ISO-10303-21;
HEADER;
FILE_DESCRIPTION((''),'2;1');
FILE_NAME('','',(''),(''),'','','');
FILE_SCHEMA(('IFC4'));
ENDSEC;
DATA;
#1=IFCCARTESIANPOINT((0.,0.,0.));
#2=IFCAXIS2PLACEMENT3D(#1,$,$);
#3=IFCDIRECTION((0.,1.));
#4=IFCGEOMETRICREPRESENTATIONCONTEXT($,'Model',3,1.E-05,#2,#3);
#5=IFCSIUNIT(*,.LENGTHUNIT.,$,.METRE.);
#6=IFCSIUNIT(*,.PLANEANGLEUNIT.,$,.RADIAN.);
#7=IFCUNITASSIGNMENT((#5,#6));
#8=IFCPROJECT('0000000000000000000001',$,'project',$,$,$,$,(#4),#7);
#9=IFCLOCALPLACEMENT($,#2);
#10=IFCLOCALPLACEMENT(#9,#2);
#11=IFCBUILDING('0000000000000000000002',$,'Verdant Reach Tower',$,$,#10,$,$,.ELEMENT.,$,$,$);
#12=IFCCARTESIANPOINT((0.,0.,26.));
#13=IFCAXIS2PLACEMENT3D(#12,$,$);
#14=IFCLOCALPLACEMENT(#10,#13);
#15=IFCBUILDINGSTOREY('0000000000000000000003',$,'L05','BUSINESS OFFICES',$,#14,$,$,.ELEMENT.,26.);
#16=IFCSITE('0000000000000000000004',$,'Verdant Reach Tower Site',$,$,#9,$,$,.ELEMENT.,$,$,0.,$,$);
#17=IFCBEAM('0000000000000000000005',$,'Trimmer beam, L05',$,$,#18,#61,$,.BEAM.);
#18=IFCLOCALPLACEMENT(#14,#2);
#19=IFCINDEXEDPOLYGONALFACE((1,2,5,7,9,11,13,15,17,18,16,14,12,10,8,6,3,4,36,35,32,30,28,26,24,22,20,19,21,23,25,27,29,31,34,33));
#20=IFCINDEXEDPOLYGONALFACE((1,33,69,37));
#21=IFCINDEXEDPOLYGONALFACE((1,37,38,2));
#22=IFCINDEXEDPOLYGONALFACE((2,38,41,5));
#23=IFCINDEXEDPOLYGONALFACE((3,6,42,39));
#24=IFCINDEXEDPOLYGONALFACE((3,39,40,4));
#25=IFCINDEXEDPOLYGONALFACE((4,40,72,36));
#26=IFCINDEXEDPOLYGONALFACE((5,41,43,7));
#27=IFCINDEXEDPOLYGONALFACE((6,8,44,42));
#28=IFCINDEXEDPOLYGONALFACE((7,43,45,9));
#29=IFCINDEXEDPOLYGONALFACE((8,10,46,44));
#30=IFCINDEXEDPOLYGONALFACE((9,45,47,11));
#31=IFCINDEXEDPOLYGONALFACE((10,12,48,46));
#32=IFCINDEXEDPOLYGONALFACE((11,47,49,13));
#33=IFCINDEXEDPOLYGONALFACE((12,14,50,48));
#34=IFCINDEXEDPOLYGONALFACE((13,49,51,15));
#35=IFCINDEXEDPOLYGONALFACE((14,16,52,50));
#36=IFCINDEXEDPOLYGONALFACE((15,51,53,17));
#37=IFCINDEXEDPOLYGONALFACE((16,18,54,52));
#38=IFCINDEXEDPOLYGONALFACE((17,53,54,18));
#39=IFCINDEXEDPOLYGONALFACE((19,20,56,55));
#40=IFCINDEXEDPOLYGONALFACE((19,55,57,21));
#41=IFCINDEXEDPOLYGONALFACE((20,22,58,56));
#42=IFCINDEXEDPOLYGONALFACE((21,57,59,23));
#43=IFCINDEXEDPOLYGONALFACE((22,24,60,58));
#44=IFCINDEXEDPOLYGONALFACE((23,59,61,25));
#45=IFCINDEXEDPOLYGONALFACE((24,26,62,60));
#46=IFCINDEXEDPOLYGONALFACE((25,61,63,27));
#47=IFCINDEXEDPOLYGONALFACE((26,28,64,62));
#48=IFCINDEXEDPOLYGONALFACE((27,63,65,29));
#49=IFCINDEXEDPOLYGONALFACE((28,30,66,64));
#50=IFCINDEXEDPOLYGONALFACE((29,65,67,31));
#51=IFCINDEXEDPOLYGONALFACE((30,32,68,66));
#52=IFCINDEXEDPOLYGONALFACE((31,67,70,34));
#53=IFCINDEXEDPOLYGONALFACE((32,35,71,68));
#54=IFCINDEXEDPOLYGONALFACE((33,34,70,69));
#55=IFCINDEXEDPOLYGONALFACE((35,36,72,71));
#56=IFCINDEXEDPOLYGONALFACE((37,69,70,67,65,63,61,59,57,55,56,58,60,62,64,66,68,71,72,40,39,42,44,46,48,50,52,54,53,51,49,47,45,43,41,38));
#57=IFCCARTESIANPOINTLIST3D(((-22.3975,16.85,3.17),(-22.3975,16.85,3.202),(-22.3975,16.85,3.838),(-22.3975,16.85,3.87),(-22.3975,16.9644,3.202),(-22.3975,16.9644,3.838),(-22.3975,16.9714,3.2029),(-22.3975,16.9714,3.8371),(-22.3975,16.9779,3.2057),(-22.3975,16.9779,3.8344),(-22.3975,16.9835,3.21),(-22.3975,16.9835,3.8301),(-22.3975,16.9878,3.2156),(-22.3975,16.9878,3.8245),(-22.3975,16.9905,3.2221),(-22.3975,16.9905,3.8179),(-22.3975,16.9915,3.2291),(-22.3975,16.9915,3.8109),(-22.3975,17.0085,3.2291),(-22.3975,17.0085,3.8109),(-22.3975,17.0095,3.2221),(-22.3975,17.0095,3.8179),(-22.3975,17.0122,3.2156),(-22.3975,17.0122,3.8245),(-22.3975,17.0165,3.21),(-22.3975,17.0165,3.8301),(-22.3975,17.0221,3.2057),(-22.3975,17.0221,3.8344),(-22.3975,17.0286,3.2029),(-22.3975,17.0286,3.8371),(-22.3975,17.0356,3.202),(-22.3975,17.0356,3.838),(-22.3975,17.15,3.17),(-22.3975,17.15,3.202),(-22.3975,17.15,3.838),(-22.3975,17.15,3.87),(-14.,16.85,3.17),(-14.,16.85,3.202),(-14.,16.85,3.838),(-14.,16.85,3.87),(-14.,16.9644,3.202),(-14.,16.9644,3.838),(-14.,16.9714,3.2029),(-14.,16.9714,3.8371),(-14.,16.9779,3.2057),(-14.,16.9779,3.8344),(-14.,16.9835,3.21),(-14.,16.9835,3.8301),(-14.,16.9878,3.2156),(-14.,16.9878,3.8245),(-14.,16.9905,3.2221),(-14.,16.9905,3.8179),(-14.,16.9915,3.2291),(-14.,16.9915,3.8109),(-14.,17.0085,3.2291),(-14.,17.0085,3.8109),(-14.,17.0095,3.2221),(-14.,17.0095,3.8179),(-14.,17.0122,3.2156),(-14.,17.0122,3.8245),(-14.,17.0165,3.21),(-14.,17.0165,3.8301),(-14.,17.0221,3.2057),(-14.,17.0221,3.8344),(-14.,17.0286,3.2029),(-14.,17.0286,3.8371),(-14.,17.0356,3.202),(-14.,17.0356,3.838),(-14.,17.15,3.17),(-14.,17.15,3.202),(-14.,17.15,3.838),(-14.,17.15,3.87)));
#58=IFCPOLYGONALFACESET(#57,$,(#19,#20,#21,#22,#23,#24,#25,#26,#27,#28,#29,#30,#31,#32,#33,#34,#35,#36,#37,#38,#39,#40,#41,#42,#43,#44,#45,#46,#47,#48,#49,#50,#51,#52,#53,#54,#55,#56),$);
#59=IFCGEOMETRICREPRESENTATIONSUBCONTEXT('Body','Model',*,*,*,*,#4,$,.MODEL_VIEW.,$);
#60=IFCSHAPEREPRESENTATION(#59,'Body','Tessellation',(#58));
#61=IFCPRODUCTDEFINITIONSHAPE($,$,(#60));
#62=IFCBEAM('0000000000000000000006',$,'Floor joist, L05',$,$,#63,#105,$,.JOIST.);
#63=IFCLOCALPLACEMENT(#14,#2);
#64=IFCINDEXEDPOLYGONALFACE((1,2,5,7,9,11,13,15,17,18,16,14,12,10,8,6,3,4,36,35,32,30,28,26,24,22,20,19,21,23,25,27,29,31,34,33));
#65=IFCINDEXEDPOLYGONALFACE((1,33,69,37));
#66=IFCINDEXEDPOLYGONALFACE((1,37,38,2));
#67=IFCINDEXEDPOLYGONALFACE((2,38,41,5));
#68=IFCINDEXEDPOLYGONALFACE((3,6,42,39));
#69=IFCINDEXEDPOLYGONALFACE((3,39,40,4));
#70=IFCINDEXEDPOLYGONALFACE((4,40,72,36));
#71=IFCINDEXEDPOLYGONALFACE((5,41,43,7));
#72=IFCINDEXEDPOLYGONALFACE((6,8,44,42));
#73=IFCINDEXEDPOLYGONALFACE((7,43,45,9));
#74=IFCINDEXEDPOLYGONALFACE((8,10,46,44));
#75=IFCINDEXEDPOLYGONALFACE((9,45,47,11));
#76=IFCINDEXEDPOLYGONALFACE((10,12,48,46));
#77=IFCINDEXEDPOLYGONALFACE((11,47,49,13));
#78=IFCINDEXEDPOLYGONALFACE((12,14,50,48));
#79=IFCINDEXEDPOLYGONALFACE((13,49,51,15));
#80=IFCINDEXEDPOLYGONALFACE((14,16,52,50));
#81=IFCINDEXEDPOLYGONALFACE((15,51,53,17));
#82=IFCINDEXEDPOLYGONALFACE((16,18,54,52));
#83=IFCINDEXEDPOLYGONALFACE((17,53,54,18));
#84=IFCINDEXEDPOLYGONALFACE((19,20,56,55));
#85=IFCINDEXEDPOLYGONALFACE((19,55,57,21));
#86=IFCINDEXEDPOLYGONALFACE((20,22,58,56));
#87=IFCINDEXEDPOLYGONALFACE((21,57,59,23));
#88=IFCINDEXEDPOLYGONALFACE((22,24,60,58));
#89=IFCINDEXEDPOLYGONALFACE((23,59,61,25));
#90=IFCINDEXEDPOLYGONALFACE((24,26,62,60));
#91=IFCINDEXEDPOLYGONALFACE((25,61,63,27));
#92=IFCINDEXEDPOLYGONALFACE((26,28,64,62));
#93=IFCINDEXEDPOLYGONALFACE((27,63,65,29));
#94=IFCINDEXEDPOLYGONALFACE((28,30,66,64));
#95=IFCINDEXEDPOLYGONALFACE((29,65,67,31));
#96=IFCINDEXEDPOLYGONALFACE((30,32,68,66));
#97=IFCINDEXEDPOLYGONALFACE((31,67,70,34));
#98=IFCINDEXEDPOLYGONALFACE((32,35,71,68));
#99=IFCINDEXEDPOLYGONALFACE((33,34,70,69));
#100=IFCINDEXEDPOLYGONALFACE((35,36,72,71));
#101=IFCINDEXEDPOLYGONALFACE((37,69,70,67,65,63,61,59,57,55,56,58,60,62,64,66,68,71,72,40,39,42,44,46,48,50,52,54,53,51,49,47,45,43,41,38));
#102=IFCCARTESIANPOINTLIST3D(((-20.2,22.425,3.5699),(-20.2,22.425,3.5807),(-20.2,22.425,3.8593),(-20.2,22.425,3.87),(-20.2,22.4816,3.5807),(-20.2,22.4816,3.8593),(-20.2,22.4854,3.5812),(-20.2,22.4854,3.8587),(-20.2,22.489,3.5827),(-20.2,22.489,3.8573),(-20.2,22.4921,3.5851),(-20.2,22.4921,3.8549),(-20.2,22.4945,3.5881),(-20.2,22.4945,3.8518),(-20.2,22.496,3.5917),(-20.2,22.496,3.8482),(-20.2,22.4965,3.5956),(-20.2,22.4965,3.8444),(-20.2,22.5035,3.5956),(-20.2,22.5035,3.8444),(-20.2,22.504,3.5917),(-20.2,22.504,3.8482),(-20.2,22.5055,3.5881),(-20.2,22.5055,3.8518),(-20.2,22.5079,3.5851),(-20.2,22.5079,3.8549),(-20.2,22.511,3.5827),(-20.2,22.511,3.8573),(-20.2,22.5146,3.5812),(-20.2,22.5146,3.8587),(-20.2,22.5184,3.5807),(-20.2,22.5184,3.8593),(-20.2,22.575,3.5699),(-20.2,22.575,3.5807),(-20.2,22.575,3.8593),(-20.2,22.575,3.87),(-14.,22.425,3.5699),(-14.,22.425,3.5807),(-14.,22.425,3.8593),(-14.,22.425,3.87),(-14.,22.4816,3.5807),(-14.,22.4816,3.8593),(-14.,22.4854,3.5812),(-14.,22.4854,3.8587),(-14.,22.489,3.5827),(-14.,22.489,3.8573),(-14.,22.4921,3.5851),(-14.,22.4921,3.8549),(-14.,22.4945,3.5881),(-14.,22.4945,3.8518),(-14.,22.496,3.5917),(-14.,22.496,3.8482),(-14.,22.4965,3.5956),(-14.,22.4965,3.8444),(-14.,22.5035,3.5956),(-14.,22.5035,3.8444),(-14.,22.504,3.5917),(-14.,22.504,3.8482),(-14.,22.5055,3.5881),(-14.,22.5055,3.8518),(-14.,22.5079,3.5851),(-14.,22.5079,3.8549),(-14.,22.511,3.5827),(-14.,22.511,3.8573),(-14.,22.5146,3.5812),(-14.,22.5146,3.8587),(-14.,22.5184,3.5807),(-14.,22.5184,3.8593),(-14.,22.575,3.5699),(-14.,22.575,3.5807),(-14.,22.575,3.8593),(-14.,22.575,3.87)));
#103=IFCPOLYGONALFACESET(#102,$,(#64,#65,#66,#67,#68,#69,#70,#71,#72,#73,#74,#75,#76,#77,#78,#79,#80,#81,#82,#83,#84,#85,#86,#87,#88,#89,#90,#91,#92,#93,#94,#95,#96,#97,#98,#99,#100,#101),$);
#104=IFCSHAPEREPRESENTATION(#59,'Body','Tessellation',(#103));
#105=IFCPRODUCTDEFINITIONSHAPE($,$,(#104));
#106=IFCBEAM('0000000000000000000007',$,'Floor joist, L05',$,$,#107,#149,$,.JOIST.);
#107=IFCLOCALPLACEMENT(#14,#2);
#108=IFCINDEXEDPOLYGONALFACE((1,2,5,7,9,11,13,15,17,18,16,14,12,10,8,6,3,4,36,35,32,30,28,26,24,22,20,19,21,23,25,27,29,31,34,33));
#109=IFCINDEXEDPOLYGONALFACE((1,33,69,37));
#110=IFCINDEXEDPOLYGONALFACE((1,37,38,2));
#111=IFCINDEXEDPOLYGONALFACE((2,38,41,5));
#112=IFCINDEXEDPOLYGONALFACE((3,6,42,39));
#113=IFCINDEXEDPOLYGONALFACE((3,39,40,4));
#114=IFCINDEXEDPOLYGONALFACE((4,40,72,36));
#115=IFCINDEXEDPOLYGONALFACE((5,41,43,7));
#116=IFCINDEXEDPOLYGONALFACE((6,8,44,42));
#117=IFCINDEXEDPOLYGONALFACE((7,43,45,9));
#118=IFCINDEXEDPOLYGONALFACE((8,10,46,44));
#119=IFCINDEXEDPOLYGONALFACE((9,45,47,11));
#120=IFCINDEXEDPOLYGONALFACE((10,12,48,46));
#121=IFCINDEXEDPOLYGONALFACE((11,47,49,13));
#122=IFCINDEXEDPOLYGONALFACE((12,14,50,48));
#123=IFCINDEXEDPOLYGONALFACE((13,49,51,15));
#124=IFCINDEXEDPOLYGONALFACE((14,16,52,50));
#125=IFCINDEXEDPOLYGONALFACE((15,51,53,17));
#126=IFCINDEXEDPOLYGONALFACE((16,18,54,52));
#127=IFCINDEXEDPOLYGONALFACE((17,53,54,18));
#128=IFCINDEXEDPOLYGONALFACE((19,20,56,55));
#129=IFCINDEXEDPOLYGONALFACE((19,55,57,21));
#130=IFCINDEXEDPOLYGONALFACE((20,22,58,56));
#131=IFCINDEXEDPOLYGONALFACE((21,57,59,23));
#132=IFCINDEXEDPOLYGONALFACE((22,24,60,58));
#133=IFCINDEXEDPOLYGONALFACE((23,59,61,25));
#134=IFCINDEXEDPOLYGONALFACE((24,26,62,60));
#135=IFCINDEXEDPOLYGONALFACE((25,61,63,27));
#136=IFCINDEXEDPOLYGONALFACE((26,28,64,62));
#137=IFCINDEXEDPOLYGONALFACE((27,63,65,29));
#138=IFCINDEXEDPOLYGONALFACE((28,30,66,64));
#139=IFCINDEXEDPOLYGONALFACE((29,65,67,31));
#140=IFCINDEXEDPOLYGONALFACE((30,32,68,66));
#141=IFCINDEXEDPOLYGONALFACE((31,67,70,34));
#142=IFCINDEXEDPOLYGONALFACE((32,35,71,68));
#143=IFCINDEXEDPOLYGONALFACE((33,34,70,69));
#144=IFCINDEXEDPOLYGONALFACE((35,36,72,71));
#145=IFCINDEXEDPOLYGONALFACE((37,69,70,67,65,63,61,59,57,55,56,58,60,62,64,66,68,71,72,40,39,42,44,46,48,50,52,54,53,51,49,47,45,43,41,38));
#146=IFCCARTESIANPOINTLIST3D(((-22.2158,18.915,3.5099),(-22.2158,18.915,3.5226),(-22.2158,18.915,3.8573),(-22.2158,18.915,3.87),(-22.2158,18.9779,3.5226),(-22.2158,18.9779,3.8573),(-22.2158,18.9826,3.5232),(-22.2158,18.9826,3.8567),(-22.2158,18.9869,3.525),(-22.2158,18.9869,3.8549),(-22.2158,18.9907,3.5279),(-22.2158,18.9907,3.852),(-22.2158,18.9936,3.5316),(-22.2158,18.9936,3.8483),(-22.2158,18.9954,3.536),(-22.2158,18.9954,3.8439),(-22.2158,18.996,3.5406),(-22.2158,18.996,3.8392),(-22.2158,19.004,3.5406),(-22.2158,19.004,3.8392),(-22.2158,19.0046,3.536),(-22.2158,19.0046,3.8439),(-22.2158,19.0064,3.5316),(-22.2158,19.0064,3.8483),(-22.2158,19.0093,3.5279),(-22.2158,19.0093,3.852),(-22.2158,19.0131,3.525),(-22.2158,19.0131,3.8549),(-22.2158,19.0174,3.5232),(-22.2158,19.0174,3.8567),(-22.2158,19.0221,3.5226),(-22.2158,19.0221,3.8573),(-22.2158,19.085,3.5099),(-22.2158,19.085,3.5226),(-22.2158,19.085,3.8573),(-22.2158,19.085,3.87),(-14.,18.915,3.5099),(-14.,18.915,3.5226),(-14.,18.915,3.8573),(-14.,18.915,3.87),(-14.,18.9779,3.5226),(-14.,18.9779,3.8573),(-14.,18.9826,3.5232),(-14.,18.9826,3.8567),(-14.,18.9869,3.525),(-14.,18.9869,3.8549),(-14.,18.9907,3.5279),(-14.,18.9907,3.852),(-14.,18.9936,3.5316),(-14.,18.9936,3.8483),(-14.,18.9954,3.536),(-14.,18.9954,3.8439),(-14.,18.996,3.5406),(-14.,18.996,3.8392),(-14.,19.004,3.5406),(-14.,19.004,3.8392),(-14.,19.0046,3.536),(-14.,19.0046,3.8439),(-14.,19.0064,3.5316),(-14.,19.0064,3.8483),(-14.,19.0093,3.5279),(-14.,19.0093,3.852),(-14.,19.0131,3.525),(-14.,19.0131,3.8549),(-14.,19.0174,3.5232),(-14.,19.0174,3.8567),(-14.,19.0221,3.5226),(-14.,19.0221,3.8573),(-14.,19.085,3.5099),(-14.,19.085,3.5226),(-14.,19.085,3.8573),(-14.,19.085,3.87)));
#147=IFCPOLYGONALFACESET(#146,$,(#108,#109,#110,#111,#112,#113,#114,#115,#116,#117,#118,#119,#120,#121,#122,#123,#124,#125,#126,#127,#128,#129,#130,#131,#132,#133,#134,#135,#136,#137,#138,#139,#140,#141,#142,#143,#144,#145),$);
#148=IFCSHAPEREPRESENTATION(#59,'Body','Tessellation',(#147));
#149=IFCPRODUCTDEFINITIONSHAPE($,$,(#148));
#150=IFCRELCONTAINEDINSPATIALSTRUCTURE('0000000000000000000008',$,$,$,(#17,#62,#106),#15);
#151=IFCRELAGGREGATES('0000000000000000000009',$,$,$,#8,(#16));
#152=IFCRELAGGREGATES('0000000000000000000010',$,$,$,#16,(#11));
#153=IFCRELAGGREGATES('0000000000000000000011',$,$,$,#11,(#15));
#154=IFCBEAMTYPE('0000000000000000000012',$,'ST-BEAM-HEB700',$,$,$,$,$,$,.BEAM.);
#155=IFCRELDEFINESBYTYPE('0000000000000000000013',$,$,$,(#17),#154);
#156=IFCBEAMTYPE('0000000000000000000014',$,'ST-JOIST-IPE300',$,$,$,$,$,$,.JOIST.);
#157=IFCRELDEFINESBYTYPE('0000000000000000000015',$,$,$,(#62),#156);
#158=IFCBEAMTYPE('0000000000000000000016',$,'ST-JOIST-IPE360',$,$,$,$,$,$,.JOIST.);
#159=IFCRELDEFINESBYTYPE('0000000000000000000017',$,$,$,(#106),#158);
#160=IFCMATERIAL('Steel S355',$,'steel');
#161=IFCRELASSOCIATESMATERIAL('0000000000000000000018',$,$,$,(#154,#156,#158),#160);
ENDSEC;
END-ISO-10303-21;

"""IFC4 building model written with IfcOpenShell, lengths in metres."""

from ifc_helpers import new_model, si_unit, direction, frame, origin, origin_2d, place, context, subcontext, project, spatial, i_section, extrude, material, material_profile, profile_set, type_object, element, save


model = new_model("IFC4")

# Units and contexts
model_context = context("Model", 3, precision=1e-05, world=origin(), true_north=direction((0.0, 1.0)))
body_context = subcontext(model_context, "Body", "Model", "MODEL_VIEW")
ifc_project = project(units=[si_unit("LENGTHUNIT", "METRE"), si_unit("PLANEANGLEUNIT", "RADIAN")], contexts=[model_context])

# Site, building, storey
site_placement = place(None, origin())
site = spatial("IfcSite", under=ifc_project, at=site_placement, Name="Verdant Reach Tower Site", CompositionType="ELEMENT", RefElevation=0.0)
building_placement = place(site_placement, origin())
building = spatial("IfcBuilding", under=site, at=building_placement, Name="Verdant Reach Tower", CompositionType="ELEMENT")
storey_placement = place(building_placement, frame((0.0, 0.0, 26.0)))
storey = spatial("IfcBuildingStorey", under=building, at=storey_placement, Name="L05", Description="BUSINESS OFFICES", CompositionType="ELEMENT", Elevation=26.0)

# Beams
ifc_material_1 = material(Name="Steel S355", Category="steel")
ifc_material_profile_1 = material_profile(ifc_material_1, i_section(OverallWidth=0.3, OverallDepth=0.7, WebThickness=0.0171, FlangeThickness=0.032, FilletRadius=0.0271, at=origin_2d()), Name="HEB 700")
ifc_profile_set_1 = profile_set([ifc_material_profile_1], Name="Steel S355")
beam_type_1 = type_object("IfcBeamType", Name="ST-BEAM-HEB700", PredefinedType="BEAM", material=ifc_profile_set_1)
beam_1_placement = place(storey_placement, frame((-14.0, 17.0, 3.52), z_axis=(-1.0, 0.0, 0.0), x_axis=(0.0, -1.0, 0.0)))
element("IfcBeam", 1, at=beam_1_placement, inside=storey, type_object=beam_type_1, Name="Trimmer beam, L05", PredefinedType="BEAM", context=body_context, shape_type="SweptSolid", body=[
    extrude(i_section(OverallWidth=0.3, OverallDepth=0.7, WebThickness=0.0171, FlangeThickness=0.032, FilletRadius=0.0271, at=origin_2d()), origin(), (0.0, 0.0, 1.0), 8.3975),
])
ifc_material_profile_2 = material_profile(ifc_material_1, i_section(OverallWidth=0.1499, OverallDepth=0.3, WebThickness=0.0071, FlangeThickness=0.0107, FilletRadius=0.0149, at=origin_2d()), Name="IPE 300")
ifc_profile_set_2 = profile_set([ifc_material_profile_2], Name="Steel S355")
beam_type_2 = type_object("IfcBeamType", Name="ST-JOIST-IPE300", PredefinedType="JOIST", material=ifc_profile_set_2)
beam_2_placement = place(storey_placement, frame((-14.0, 22.5, 3.72), z_axis=(-1.0, 0.0, 0.0), x_axis=(0.0, -1.0, 0.0)))
element("IfcBeam", 2, at=beam_2_placement, inside=storey, type_object=beam_type_2, Name="Floor joist, L05", PredefinedType="JOIST", context=body_context, shape_type="SweptSolid", body=[
    extrude(i_section(OverallWidth=0.1499, OverallDepth=0.3, WebThickness=0.0071, FlangeThickness=0.0107, FilletRadius=0.0149, at=origin_2d()), origin(), (0.0, 0.0, 1.0), 6.2),
])
ifc_material_profile_3 = material_profile(ifc_material_1, i_section(OverallWidth=0.1699, OverallDepth=0.3601, WebThickness=0.0081, FlangeThickness=0.0127, FilletRadius=0.0181, at=origin_2d()), Name="IPE 360")
ifc_profile_set_3 = profile_set([ifc_material_profile_3], Name="Steel S355")
beam_type_3 = type_object("IfcBeamType", Name="ST-JOIST-IPE360", PredefinedType="JOIST", material=ifc_profile_set_3)
beam_3_placement = place(storey_placement, frame((-14.0, 19.0, 3.6899), z_axis=(-1.0, 0.0, 0.0), x_axis=(0.0, -1.0, 0.0)))
element("IfcBeam", 3, at=beam_3_placement, inside=storey, type_object=beam_type_3, Name="Floor joist, L05", PredefinedType="JOIST", context=body_context, shape_type="SweptSolid", body=[
    extrude(i_section(OverallWidth=0.1699, OverallDepth=0.3601, WebThickness=0.0081, FlangeThickness=0.0127, FilletRadius=0.0181, at=origin_2d()), origin(), (0.0, 0.0, 1.0), 8.2158),
])

save(model, "model.ifc")
